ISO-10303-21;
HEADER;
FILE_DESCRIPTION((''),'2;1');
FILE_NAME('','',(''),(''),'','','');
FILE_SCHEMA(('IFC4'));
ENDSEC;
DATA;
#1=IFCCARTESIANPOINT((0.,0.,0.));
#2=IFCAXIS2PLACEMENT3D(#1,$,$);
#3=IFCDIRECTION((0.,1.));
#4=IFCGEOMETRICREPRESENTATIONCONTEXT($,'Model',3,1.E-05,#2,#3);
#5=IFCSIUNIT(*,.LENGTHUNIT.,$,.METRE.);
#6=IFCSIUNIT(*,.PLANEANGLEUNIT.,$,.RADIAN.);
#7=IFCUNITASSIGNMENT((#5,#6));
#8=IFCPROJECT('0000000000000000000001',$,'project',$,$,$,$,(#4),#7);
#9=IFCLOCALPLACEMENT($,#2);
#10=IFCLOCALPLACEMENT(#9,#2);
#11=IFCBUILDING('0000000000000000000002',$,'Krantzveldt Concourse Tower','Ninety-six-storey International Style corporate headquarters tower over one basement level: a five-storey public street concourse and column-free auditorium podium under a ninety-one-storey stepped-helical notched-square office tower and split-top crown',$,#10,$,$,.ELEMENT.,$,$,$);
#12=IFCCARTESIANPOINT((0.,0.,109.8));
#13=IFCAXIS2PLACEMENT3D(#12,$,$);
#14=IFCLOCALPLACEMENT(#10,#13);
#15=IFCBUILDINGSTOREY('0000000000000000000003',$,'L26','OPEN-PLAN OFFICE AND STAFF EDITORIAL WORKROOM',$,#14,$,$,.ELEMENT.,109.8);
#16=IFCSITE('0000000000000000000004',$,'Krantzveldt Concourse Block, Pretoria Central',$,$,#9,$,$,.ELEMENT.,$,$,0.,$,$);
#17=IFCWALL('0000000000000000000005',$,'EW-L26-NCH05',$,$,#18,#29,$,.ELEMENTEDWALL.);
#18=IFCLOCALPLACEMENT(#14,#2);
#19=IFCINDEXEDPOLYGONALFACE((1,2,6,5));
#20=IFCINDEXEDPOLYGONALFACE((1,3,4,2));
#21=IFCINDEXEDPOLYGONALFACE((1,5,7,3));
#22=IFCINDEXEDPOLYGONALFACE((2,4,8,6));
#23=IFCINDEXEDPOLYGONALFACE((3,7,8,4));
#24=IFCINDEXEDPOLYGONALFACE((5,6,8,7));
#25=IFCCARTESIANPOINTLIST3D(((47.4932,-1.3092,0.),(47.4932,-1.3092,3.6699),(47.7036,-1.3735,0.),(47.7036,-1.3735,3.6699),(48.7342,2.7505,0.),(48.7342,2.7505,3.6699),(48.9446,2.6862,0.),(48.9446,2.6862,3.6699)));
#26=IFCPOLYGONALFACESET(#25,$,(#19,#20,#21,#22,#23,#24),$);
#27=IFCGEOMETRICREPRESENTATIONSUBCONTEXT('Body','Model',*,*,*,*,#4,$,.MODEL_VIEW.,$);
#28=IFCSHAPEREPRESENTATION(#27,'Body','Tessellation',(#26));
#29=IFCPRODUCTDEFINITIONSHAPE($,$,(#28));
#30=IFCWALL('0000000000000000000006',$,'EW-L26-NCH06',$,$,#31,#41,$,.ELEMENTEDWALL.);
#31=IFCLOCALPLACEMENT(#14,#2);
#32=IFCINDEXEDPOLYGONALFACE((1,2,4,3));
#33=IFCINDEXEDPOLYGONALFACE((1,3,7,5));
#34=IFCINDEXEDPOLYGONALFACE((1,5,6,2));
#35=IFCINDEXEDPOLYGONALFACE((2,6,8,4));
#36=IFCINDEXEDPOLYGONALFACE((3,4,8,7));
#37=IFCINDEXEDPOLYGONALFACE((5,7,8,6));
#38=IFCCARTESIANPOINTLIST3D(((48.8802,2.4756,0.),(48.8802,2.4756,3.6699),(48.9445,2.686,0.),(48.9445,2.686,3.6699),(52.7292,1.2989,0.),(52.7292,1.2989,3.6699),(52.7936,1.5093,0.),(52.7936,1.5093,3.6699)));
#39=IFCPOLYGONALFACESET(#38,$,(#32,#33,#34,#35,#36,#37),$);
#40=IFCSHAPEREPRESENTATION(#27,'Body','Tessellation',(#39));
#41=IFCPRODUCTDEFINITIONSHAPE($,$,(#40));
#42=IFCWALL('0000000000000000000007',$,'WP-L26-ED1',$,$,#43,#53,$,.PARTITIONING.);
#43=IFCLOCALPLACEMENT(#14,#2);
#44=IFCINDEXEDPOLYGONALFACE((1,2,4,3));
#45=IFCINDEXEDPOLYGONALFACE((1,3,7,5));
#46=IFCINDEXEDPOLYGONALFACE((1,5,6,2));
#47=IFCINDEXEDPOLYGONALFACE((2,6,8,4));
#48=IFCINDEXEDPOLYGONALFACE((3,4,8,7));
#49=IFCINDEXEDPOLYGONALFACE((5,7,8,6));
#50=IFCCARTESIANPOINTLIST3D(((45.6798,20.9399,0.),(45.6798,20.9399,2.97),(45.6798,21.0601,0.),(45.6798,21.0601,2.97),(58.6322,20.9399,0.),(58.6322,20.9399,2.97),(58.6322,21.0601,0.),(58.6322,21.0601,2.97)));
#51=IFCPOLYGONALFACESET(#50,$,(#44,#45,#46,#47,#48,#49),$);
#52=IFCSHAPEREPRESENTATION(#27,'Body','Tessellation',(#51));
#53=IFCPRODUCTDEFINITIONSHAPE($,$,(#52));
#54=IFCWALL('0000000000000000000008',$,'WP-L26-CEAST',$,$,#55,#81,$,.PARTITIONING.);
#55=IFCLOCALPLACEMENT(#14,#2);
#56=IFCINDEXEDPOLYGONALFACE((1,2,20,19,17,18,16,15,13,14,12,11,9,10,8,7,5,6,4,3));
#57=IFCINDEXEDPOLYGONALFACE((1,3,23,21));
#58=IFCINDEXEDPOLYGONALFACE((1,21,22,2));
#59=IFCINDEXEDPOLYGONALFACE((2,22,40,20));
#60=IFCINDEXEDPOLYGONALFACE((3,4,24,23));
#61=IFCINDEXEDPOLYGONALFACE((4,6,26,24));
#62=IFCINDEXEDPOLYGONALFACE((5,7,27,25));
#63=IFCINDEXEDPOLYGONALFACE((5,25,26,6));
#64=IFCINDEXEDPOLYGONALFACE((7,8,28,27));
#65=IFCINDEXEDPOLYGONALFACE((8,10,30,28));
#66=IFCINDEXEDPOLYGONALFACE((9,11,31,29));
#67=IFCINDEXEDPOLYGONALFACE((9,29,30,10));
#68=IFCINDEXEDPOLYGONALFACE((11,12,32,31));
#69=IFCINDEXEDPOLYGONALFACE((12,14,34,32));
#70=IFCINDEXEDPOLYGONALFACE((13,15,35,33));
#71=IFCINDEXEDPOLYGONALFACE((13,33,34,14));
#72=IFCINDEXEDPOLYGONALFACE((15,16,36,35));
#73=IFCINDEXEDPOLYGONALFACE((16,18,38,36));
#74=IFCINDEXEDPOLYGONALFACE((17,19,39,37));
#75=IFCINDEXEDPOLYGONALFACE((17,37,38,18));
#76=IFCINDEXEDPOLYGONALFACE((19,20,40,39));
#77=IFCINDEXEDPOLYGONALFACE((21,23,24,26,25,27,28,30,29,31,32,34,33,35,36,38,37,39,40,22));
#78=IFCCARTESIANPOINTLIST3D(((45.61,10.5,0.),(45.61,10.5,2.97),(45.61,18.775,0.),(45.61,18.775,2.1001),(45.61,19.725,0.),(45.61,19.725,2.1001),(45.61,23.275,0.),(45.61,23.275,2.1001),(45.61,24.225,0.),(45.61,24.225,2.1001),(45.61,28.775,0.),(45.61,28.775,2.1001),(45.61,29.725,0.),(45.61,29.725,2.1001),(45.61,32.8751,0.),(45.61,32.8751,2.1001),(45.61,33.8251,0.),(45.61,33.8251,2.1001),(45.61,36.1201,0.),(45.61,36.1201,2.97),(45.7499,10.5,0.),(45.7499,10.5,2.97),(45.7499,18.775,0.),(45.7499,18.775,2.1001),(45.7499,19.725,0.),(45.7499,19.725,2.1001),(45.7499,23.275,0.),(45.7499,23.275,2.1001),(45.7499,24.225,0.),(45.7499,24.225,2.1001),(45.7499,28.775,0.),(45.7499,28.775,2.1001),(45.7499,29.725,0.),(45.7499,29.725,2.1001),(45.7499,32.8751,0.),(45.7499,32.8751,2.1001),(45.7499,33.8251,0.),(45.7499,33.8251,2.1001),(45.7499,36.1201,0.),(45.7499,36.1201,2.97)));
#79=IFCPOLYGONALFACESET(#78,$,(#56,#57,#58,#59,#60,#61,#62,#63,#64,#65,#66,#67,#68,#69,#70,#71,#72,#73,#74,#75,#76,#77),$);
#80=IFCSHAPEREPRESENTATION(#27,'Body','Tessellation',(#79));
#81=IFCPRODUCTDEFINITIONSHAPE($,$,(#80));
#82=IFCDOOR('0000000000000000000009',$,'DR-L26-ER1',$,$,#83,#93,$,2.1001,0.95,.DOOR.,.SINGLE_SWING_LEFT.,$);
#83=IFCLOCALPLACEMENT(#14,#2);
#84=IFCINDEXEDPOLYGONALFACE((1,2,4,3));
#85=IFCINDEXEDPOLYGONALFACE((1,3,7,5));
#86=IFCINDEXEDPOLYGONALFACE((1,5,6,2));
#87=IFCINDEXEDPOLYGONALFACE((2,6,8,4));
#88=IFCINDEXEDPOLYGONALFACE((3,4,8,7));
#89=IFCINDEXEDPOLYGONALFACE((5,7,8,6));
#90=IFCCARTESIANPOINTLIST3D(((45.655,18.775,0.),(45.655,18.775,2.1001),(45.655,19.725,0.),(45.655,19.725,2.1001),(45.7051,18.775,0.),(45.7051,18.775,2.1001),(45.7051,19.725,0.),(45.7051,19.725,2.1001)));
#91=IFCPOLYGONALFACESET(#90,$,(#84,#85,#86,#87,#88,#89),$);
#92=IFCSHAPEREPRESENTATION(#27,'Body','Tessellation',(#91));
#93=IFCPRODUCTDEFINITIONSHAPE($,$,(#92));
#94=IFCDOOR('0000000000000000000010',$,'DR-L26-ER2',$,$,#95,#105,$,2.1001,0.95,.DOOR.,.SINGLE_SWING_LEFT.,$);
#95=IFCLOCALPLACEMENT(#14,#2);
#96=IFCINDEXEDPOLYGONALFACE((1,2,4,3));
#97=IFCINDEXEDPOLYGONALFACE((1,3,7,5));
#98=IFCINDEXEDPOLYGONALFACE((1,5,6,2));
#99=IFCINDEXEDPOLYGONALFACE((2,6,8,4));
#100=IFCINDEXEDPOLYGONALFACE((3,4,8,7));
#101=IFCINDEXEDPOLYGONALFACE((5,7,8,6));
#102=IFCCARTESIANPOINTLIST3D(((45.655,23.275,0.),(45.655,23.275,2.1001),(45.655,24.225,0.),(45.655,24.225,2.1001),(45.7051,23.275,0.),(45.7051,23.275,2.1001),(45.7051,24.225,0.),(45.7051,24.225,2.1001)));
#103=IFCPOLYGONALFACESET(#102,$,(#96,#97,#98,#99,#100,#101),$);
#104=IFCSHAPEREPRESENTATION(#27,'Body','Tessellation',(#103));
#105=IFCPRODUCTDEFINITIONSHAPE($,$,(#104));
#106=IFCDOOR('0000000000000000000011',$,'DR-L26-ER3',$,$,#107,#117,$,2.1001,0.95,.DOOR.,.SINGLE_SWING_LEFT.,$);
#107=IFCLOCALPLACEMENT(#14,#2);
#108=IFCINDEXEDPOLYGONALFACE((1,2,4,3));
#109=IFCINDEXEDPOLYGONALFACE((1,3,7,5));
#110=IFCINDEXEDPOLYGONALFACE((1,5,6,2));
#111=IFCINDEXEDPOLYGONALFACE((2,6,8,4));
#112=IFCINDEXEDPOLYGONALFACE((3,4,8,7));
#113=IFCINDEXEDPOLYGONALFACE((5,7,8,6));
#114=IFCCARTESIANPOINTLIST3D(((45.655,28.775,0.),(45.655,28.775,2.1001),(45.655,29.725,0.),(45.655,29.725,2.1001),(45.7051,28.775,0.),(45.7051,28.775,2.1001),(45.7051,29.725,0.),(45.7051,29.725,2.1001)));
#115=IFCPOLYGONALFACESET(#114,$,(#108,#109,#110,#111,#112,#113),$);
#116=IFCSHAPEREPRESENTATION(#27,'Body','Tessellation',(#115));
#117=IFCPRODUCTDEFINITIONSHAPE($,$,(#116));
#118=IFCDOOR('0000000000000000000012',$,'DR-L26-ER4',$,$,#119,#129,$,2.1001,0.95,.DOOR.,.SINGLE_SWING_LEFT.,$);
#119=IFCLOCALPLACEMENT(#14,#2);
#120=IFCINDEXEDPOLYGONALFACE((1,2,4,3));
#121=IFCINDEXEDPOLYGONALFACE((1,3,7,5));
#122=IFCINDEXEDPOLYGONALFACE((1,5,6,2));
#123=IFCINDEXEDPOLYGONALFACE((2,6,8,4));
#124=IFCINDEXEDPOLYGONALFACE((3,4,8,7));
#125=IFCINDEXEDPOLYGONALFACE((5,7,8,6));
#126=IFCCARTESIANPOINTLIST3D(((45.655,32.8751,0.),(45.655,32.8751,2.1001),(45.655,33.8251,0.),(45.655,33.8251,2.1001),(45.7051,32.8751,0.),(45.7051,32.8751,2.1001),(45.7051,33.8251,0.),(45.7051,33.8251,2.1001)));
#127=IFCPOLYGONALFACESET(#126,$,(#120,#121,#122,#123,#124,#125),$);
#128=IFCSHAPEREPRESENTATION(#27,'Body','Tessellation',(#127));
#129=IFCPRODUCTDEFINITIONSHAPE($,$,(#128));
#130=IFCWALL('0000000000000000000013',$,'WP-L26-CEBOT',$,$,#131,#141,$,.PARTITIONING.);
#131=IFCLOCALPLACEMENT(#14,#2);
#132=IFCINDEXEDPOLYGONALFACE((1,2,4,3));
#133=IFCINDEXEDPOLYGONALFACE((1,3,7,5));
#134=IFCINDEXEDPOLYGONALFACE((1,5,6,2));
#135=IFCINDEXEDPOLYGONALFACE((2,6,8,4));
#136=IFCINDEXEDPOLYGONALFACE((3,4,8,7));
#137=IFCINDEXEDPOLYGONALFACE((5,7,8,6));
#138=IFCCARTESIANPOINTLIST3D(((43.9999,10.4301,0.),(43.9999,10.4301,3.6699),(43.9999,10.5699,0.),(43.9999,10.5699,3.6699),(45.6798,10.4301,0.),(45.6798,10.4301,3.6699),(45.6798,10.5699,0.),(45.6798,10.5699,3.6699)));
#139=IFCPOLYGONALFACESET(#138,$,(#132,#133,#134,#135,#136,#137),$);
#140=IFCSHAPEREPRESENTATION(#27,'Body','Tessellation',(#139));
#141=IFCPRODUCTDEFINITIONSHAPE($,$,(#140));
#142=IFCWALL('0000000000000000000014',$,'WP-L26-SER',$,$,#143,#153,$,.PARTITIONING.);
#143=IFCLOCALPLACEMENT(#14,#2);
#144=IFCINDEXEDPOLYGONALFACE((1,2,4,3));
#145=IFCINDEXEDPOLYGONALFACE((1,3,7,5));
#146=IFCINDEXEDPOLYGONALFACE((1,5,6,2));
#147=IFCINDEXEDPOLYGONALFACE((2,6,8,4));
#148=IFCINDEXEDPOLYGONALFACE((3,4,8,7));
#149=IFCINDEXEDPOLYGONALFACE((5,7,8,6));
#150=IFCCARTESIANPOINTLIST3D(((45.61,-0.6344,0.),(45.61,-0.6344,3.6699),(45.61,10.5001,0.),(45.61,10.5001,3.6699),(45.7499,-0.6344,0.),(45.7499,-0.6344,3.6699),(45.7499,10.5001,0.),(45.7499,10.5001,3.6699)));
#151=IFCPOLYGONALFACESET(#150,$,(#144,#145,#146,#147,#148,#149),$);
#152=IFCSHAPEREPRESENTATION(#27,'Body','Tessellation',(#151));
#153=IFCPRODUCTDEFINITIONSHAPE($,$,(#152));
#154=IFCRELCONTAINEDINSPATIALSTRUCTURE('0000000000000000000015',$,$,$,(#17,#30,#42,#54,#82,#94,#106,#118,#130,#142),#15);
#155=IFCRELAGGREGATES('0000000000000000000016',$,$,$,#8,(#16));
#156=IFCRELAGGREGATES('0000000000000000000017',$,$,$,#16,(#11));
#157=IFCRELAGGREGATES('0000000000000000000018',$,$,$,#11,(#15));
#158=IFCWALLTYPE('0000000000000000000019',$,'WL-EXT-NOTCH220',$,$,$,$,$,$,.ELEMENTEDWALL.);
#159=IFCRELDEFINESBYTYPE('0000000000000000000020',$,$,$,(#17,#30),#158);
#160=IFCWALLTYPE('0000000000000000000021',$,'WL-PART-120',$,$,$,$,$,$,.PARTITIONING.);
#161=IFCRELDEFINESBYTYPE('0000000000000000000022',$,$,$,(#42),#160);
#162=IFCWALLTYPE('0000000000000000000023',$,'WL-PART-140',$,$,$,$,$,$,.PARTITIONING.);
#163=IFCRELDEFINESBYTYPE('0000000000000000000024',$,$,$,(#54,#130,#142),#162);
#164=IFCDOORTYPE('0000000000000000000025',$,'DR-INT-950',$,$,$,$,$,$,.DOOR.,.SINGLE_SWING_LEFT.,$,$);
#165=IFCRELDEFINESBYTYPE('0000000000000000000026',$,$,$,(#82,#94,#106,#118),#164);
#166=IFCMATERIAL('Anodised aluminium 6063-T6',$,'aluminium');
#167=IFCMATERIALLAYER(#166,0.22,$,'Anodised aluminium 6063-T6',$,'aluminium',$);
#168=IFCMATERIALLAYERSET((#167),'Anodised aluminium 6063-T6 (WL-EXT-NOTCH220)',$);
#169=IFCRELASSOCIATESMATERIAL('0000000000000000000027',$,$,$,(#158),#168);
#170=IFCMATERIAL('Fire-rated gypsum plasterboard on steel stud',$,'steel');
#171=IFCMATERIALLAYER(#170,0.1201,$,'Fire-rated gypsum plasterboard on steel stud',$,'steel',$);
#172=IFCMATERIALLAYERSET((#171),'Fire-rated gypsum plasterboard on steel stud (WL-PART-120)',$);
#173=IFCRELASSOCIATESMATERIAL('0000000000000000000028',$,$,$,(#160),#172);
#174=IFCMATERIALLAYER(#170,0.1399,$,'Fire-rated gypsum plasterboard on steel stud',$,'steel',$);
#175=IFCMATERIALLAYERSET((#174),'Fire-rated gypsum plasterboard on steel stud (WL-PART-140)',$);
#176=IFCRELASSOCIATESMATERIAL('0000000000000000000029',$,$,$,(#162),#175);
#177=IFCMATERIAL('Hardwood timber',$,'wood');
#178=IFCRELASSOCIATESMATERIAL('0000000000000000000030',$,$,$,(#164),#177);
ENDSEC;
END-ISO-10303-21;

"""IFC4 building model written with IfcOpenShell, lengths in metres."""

from ifc_helpers import new_model, si_unit, direction, frame, frame_2d, origin, place, context, subcontext, project, spatial, rectangle, extrude, material, layer, layer_set, type_object, element, fill, save


model = new_model("IFC4")

# Units and contexts
model_context = context("Model", 3, precision=1e-05, world=origin(), true_north=direction((0.0, 1.0)))
body_context = subcontext(model_context, "Body", "Model", "MODEL_VIEW")
ifc_project = project(units=[si_unit("LENGTHUNIT", "METRE"), si_unit("PLANEANGLEUNIT", "RADIAN")], contexts=[model_context])

# Site, building, storey
site_placement = place(None, origin())
site = spatial("IfcSite", under=ifc_project, at=site_placement, Name="Krantzveldt Concourse Block, Pretoria Central", CompositionType="ELEMENT", RefElevation=0.0)
building_placement = place(site_placement, origin())
building = spatial("IfcBuilding", under=site, at=building_placement, Name="Krantzveldt Concourse Tower", Description="Ninety-six-storey International Style corporate headquarters tower over one basement level: a five-storey public street concourse and column-free auditorium podium under a ninety-one-storey stepped-helical notched-square office tower and split-top crown", CompositionType="ELEMENT")
storey_placement = place(building_placement, frame((0.0, 0.0, 109.8)))
storey = spatial("IfcBuildingStorey", under=building, at=storey_placement, Name="L26", Description="OPEN-PLAN OFFICE AND STAFF EDITORIAL WORKROOM", CompositionType="ELEMENT", Elevation=109.8)

# Shared definitions
ifc_material_1 = material(Name="Anodised aluminium 6063-T6", Category="aluminium")

# Walls
ifc_layer_1 = layer(ifc_material_1, 0.22, Name="Anodised aluminium 6063-T6", Category="aluminium")
ifc_layer_set_1 = layer_set([ifc_layer_1], Name="Anodised aluminium 6063-T6 (WL-EXT-NOTCH220)")
wall_type_1 = type_object("IfcWallType", Name="WL-EXT-NOTCH220", PredefinedType="ELEMENTEDWALL", material=ifc_layer_set_1)
wall_1_placement = place(storey_placement, frame((47.5984, -1.3413, 0.0), z_axis=(0.0, 0.0, 1.0), x_axis=(0.292335, 0.956316, 0.0)))
element("IfcWall", 1, at=wall_1_placement, inside=storey, type_object=wall_type_1, Name="EW-L26-NCH05", PredefinedType="ELEMENTEDWALL", context=body_context, shape_type="SweptSolid", body=[
    extrude(rectangle(XDim=4.2451, YDim=0.22, at=frame_2d((2.1226, 0.0))), origin(), (0.0, 0.0, 1.0), 3.6699),
])
wall_2_placement = place(storey_placement, frame((48.9124, 2.5808, 0.0), z_axis=(0.0, 0.0, 1.0), x_axis=(0.956307, -0.292363, 0.0)))
element("IfcWall", 2, at=wall_2_placement, inside=storey, type_object=wall_type_1, Name="EW-L26-NCH06", PredefinedType="ELEMENTEDWALL", context=body_context, shape_type="SweptSolid", body=[
    extrude(rectangle(XDim=4.0249, YDim=0.22, at=frame_2d((2.0125, 0.0))), origin(), (0.0, 0.0, 1.0), 3.6699),
])
ifc_material_2 = material(Name="Fire-rated gypsum plasterboard on steel stud", Category="steel")
ifc_layer_2 = layer(ifc_material_2, 0.1201, Name="Fire-rated gypsum plasterboard on steel stud", Category="steel")
ifc_layer_set_2 = layer_set([ifc_layer_2], Name="Fire-rated gypsum plasterboard on steel stud (WL-PART-120)")
wall_type_2 = type_object("IfcWallType", Name="WL-PART-120", PredefinedType="PARTITIONING", material=ifc_layer_set_2)
wall_3_placement = place(storey_placement, frame((45.6799, 21.0, 0.0), z_axis=(0.0, 0.0, 1.0), x_axis=(1.0, 0.0, 0.0)))
element("IfcWall", 3, at=wall_3_placement, inside=storey, type_object=wall_type_2, Name="WP-L26-ED1", PredefinedType="PARTITIONING", context=body_context, shape_type="SweptSolid", body=[
    extrude(rectangle(XDim=12.9524, YDim=0.1201, at=frame_2d((6.4761, 0.0))), origin(), (0.0, 0.0, 1.0), 2.97),
])

# Wall, openings, doors
ifc_layer_3 = layer(ifc_material_2, 0.1399, Name="Fire-rated gypsum plasterboard on steel stud", Category="steel")
ifc_layer_set_3 = layer_set([ifc_layer_3], Name="Fire-rated gypsum plasterboard on steel stud (WL-PART-140)")
wall_type_3 = type_object("IfcWallType", Name="WL-PART-140", PredefinedType="PARTITIONING", material=ifc_layer_set_3)
wall_4_placement = place(storey_placement, frame((45.6799, 10.5, 0.0), z_axis=(0.0, 0.0, 1.0), x_axis=(0.0, 1.0, 0.0)))
wall_4 = element("IfcWall", 4, at=wall_4_placement, inside=storey, type_object=wall_type_3, Name="WP-L26-CEAST", PredefinedType="PARTITIONING", context=body_context, shape_type="SweptSolid", body=[
    extrude(rectangle(XDim=25.6201, YDim=0.1399, at=frame_2d((12.8101, 0.0))), origin(), (0.0, 0.0, 1.0), 2.97),
])
opening_1_placement = place(wall_4_placement, frame((8.2749, 0.0, 0.0)))
opening_1 = element("IfcOpeningElement", 5, at=opening_1_placement, cuts=wall_4, PredefinedType="OPENING", context=body_context, shape_type="SweptSolid", body=[
    extrude(rectangle(XDim=0.95, YDim=2.1001, at=frame_2d((0.4751, 1.05))), frame((0.0, 0.0801, 0.0), z_axis=(0.0, -1.0, 0.0), x_axis=(1.0, 0.0, 0.0)), (0.0, 0.0, 1.0), 0.1599),
])
opening_2_placement = place(wall_4_placement, frame((12.7749, 0.0, 0.0)))
opening_2 = element("IfcOpeningElement", 6, at=opening_2_placement, cuts=wall_4, PredefinedType="OPENING", context=body_context, shape_type="SweptSolid", body=[
    extrude(rectangle(XDim=0.95, YDim=2.1001, at=frame_2d((0.4751, 1.05))), frame((0.0, 0.0801, 0.0), z_axis=(0.0, -1.0, 0.0), x_axis=(1.0, 0.0, 0.0)), (0.0, 0.0, 1.0), 0.1599),
])
opening_3_placement = place(wall_4_placement, frame((18.2749, 0.0, 0.0)))
opening_3 = element("IfcOpeningElement", 7, at=opening_3_placement, cuts=wall_4, PredefinedType="OPENING", context=body_context, shape_type="SweptSolid", body=[
    extrude(rectangle(XDim=0.95, YDim=2.1001, at=frame_2d((0.4751, 1.05))), frame((0.0, 0.0801, 0.0), z_axis=(0.0, -1.0, 0.0), x_axis=(1.0, 0.0, 0.0)), (0.0, 0.0, 1.0), 0.1599),
])
opening_4_placement = place(wall_4_placement, frame((22.375, 0.0, 0.0)))
opening_4 = element("IfcOpeningElement", 8, at=opening_4_placement, cuts=wall_4, PredefinedType="OPENING", context=body_context, shape_type="SweptSolid", body=[
    extrude(rectangle(XDim=0.95, YDim=2.1001, at=frame_2d((0.4751, 1.05))), frame((0.0, 0.0801, 0.0), z_axis=(0.0, -1.0, 0.0), x_axis=(1.0, 0.0, 0.0)), (0.0, 0.0, 1.0), 0.1599),
])
ifc_material_3 = material(Name="Hardwood timber", Category="wood")
door_type = type_object("IfcDoorType", Name="DR-INT-950", OperationType="SINGLE_SWING_LEFT", PredefinedType="DOOR", material=ifc_material_3)
door_1_placement = place(opening_1_placement, origin())
door_1 = element("IfcDoor", 9, at=door_1_placement, inside=storey, type_object=door_type, Name="DR-L26-ER1", OperationType="SINGLE_SWING_LEFT", OverallHeight=2.1001, OverallWidth=0.95, PredefinedType="DOOR", context=body_context, shape_type="SweptSolid", body=[
    extrude(rectangle(XDim=0.95, YDim=2.1001, at=frame_2d((0.4751, 1.05))), frame((0.0, 0.0249, 0.0), z_axis=(0.0, -1.0, 0.0), x_axis=(1.0, 0.0, 0.0)), (0.0, 0.0, 1.0), 0.05),
])
fill(opening_1, door_1)
door_2_placement = place(opening_2_placement, origin())
door_2 = element("IfcDoor", 10, at=door_2_placement, inside=storey, type_object=door_type, Name="DR-L26-ER2", OperationType="SINGLE_SWING_LEFT", OverallHeight=2.1001, OverallWidth=0.95, PredefinedType="DOOR", context=body_context, shape_type="SweptSolid", body=[
    extrude(rectangle(XDim=0.95, YDim=2.1001, at=frame_2d((0.4751, 1.05))), frame((0.0, 0.0249, 0.0), z_axis=(0.0, -1.0, 0.0), x_axis=(1.0, 0.0, 0.0)), (0.0, 0.0, 1.0), 0.05),
])
fill(opening_2, door_2)
door_3_placement = place(opening_3_placement, origin())
door_3 = element("IfcDoor", 11, at=door_3_placement, inside=storey, type_object=door_type, Name="DR-L26-ER3", OperationType="SINGLE_SWING_LEFT", OverallHeight=2.1001, OverallWidth=0.95, PredefinedType="DOOR", context=body_context, shape_type="SweptSolid", body=[
    extrude(rectangle(XDim=0.95, YDim=2.1001, at=frame_2d((0.4751, 1.05))), frame((0.0, 0.0249, 0.0), z_axis=(0.0, -1.0, 0.0), x_axis=(1.0, 0.0, 0.0)), (0.0, 0.0, 1.0), 0.05),
])
fill(opening_3, door_3)
door_4_placement = place(opening_4_placement, origin())
door_4 = element("IfcDoor", 12, at=door_4_placement, inside=storey, type_object=door_type, Name="DR-L26-ER4", OperationType="SINGLE_SWING_LEFT", OverallHeight=2.1001, OverallWidth=0.95, PredefinedType="DOOR", context=body_context, shape_type="SweptSolid", body=[
    extrude(rectangle(XDim=0.95, YDim=2.1001, at=frame_2d((0.4751, 1.05))), frame((0.0, 0.0249, 0.0), z_axis=(0.0, -1.0, 0.0), x_axis=(1.0, 0.0, 0.0)), (0.0, 0.0, 1.0), 0.05),
])
fill(opening_4, door_4)

# Walls
wall_5_placement = place(storey_placement, frame((44.0, 10.5, 0.0), z_axis=(0.0, 0.0, 1.0), x_axis=(1.0, 0.0, 0.0)))
element("IfcWall", 13, at=wall_5_placement, inside=storey, type_object=wall_type_3, Name="WP-L26-CEBOT", PredefinedType="PARTITIONING", context=body_context, shape_type="SweptSolid", body=[
    extrude(rectangle(XDim=1.6799, YDim=0.1399, at=frame_2d((0.8398, 0.0))), origin(), (0.0, 0.0, 1.0), 3.6699),
])
wall_6_placement = place(storey_placement, frame((45.6799, -0.6345, 0.0), z_axis=(0.0, 0.0, 1.0), x_axis=(0.0, 1.0, 0.0)))
element("IfcWall", 14, at=wall_6_placement, inside=storey, type_object=wall_type_3, Name="WP-L26-SER", PredefinedType="PARTITIONING", context=body_context, shape_type="SweptSolid", body=[
    extrude(rectangle(XDim=11.1345, YDim=0.1399, at=frame_2d((5.5674, 0.0))), origin(), (0.0, 0.0, 1.0), 3.6699),
])

save(model, "model.ifc")
